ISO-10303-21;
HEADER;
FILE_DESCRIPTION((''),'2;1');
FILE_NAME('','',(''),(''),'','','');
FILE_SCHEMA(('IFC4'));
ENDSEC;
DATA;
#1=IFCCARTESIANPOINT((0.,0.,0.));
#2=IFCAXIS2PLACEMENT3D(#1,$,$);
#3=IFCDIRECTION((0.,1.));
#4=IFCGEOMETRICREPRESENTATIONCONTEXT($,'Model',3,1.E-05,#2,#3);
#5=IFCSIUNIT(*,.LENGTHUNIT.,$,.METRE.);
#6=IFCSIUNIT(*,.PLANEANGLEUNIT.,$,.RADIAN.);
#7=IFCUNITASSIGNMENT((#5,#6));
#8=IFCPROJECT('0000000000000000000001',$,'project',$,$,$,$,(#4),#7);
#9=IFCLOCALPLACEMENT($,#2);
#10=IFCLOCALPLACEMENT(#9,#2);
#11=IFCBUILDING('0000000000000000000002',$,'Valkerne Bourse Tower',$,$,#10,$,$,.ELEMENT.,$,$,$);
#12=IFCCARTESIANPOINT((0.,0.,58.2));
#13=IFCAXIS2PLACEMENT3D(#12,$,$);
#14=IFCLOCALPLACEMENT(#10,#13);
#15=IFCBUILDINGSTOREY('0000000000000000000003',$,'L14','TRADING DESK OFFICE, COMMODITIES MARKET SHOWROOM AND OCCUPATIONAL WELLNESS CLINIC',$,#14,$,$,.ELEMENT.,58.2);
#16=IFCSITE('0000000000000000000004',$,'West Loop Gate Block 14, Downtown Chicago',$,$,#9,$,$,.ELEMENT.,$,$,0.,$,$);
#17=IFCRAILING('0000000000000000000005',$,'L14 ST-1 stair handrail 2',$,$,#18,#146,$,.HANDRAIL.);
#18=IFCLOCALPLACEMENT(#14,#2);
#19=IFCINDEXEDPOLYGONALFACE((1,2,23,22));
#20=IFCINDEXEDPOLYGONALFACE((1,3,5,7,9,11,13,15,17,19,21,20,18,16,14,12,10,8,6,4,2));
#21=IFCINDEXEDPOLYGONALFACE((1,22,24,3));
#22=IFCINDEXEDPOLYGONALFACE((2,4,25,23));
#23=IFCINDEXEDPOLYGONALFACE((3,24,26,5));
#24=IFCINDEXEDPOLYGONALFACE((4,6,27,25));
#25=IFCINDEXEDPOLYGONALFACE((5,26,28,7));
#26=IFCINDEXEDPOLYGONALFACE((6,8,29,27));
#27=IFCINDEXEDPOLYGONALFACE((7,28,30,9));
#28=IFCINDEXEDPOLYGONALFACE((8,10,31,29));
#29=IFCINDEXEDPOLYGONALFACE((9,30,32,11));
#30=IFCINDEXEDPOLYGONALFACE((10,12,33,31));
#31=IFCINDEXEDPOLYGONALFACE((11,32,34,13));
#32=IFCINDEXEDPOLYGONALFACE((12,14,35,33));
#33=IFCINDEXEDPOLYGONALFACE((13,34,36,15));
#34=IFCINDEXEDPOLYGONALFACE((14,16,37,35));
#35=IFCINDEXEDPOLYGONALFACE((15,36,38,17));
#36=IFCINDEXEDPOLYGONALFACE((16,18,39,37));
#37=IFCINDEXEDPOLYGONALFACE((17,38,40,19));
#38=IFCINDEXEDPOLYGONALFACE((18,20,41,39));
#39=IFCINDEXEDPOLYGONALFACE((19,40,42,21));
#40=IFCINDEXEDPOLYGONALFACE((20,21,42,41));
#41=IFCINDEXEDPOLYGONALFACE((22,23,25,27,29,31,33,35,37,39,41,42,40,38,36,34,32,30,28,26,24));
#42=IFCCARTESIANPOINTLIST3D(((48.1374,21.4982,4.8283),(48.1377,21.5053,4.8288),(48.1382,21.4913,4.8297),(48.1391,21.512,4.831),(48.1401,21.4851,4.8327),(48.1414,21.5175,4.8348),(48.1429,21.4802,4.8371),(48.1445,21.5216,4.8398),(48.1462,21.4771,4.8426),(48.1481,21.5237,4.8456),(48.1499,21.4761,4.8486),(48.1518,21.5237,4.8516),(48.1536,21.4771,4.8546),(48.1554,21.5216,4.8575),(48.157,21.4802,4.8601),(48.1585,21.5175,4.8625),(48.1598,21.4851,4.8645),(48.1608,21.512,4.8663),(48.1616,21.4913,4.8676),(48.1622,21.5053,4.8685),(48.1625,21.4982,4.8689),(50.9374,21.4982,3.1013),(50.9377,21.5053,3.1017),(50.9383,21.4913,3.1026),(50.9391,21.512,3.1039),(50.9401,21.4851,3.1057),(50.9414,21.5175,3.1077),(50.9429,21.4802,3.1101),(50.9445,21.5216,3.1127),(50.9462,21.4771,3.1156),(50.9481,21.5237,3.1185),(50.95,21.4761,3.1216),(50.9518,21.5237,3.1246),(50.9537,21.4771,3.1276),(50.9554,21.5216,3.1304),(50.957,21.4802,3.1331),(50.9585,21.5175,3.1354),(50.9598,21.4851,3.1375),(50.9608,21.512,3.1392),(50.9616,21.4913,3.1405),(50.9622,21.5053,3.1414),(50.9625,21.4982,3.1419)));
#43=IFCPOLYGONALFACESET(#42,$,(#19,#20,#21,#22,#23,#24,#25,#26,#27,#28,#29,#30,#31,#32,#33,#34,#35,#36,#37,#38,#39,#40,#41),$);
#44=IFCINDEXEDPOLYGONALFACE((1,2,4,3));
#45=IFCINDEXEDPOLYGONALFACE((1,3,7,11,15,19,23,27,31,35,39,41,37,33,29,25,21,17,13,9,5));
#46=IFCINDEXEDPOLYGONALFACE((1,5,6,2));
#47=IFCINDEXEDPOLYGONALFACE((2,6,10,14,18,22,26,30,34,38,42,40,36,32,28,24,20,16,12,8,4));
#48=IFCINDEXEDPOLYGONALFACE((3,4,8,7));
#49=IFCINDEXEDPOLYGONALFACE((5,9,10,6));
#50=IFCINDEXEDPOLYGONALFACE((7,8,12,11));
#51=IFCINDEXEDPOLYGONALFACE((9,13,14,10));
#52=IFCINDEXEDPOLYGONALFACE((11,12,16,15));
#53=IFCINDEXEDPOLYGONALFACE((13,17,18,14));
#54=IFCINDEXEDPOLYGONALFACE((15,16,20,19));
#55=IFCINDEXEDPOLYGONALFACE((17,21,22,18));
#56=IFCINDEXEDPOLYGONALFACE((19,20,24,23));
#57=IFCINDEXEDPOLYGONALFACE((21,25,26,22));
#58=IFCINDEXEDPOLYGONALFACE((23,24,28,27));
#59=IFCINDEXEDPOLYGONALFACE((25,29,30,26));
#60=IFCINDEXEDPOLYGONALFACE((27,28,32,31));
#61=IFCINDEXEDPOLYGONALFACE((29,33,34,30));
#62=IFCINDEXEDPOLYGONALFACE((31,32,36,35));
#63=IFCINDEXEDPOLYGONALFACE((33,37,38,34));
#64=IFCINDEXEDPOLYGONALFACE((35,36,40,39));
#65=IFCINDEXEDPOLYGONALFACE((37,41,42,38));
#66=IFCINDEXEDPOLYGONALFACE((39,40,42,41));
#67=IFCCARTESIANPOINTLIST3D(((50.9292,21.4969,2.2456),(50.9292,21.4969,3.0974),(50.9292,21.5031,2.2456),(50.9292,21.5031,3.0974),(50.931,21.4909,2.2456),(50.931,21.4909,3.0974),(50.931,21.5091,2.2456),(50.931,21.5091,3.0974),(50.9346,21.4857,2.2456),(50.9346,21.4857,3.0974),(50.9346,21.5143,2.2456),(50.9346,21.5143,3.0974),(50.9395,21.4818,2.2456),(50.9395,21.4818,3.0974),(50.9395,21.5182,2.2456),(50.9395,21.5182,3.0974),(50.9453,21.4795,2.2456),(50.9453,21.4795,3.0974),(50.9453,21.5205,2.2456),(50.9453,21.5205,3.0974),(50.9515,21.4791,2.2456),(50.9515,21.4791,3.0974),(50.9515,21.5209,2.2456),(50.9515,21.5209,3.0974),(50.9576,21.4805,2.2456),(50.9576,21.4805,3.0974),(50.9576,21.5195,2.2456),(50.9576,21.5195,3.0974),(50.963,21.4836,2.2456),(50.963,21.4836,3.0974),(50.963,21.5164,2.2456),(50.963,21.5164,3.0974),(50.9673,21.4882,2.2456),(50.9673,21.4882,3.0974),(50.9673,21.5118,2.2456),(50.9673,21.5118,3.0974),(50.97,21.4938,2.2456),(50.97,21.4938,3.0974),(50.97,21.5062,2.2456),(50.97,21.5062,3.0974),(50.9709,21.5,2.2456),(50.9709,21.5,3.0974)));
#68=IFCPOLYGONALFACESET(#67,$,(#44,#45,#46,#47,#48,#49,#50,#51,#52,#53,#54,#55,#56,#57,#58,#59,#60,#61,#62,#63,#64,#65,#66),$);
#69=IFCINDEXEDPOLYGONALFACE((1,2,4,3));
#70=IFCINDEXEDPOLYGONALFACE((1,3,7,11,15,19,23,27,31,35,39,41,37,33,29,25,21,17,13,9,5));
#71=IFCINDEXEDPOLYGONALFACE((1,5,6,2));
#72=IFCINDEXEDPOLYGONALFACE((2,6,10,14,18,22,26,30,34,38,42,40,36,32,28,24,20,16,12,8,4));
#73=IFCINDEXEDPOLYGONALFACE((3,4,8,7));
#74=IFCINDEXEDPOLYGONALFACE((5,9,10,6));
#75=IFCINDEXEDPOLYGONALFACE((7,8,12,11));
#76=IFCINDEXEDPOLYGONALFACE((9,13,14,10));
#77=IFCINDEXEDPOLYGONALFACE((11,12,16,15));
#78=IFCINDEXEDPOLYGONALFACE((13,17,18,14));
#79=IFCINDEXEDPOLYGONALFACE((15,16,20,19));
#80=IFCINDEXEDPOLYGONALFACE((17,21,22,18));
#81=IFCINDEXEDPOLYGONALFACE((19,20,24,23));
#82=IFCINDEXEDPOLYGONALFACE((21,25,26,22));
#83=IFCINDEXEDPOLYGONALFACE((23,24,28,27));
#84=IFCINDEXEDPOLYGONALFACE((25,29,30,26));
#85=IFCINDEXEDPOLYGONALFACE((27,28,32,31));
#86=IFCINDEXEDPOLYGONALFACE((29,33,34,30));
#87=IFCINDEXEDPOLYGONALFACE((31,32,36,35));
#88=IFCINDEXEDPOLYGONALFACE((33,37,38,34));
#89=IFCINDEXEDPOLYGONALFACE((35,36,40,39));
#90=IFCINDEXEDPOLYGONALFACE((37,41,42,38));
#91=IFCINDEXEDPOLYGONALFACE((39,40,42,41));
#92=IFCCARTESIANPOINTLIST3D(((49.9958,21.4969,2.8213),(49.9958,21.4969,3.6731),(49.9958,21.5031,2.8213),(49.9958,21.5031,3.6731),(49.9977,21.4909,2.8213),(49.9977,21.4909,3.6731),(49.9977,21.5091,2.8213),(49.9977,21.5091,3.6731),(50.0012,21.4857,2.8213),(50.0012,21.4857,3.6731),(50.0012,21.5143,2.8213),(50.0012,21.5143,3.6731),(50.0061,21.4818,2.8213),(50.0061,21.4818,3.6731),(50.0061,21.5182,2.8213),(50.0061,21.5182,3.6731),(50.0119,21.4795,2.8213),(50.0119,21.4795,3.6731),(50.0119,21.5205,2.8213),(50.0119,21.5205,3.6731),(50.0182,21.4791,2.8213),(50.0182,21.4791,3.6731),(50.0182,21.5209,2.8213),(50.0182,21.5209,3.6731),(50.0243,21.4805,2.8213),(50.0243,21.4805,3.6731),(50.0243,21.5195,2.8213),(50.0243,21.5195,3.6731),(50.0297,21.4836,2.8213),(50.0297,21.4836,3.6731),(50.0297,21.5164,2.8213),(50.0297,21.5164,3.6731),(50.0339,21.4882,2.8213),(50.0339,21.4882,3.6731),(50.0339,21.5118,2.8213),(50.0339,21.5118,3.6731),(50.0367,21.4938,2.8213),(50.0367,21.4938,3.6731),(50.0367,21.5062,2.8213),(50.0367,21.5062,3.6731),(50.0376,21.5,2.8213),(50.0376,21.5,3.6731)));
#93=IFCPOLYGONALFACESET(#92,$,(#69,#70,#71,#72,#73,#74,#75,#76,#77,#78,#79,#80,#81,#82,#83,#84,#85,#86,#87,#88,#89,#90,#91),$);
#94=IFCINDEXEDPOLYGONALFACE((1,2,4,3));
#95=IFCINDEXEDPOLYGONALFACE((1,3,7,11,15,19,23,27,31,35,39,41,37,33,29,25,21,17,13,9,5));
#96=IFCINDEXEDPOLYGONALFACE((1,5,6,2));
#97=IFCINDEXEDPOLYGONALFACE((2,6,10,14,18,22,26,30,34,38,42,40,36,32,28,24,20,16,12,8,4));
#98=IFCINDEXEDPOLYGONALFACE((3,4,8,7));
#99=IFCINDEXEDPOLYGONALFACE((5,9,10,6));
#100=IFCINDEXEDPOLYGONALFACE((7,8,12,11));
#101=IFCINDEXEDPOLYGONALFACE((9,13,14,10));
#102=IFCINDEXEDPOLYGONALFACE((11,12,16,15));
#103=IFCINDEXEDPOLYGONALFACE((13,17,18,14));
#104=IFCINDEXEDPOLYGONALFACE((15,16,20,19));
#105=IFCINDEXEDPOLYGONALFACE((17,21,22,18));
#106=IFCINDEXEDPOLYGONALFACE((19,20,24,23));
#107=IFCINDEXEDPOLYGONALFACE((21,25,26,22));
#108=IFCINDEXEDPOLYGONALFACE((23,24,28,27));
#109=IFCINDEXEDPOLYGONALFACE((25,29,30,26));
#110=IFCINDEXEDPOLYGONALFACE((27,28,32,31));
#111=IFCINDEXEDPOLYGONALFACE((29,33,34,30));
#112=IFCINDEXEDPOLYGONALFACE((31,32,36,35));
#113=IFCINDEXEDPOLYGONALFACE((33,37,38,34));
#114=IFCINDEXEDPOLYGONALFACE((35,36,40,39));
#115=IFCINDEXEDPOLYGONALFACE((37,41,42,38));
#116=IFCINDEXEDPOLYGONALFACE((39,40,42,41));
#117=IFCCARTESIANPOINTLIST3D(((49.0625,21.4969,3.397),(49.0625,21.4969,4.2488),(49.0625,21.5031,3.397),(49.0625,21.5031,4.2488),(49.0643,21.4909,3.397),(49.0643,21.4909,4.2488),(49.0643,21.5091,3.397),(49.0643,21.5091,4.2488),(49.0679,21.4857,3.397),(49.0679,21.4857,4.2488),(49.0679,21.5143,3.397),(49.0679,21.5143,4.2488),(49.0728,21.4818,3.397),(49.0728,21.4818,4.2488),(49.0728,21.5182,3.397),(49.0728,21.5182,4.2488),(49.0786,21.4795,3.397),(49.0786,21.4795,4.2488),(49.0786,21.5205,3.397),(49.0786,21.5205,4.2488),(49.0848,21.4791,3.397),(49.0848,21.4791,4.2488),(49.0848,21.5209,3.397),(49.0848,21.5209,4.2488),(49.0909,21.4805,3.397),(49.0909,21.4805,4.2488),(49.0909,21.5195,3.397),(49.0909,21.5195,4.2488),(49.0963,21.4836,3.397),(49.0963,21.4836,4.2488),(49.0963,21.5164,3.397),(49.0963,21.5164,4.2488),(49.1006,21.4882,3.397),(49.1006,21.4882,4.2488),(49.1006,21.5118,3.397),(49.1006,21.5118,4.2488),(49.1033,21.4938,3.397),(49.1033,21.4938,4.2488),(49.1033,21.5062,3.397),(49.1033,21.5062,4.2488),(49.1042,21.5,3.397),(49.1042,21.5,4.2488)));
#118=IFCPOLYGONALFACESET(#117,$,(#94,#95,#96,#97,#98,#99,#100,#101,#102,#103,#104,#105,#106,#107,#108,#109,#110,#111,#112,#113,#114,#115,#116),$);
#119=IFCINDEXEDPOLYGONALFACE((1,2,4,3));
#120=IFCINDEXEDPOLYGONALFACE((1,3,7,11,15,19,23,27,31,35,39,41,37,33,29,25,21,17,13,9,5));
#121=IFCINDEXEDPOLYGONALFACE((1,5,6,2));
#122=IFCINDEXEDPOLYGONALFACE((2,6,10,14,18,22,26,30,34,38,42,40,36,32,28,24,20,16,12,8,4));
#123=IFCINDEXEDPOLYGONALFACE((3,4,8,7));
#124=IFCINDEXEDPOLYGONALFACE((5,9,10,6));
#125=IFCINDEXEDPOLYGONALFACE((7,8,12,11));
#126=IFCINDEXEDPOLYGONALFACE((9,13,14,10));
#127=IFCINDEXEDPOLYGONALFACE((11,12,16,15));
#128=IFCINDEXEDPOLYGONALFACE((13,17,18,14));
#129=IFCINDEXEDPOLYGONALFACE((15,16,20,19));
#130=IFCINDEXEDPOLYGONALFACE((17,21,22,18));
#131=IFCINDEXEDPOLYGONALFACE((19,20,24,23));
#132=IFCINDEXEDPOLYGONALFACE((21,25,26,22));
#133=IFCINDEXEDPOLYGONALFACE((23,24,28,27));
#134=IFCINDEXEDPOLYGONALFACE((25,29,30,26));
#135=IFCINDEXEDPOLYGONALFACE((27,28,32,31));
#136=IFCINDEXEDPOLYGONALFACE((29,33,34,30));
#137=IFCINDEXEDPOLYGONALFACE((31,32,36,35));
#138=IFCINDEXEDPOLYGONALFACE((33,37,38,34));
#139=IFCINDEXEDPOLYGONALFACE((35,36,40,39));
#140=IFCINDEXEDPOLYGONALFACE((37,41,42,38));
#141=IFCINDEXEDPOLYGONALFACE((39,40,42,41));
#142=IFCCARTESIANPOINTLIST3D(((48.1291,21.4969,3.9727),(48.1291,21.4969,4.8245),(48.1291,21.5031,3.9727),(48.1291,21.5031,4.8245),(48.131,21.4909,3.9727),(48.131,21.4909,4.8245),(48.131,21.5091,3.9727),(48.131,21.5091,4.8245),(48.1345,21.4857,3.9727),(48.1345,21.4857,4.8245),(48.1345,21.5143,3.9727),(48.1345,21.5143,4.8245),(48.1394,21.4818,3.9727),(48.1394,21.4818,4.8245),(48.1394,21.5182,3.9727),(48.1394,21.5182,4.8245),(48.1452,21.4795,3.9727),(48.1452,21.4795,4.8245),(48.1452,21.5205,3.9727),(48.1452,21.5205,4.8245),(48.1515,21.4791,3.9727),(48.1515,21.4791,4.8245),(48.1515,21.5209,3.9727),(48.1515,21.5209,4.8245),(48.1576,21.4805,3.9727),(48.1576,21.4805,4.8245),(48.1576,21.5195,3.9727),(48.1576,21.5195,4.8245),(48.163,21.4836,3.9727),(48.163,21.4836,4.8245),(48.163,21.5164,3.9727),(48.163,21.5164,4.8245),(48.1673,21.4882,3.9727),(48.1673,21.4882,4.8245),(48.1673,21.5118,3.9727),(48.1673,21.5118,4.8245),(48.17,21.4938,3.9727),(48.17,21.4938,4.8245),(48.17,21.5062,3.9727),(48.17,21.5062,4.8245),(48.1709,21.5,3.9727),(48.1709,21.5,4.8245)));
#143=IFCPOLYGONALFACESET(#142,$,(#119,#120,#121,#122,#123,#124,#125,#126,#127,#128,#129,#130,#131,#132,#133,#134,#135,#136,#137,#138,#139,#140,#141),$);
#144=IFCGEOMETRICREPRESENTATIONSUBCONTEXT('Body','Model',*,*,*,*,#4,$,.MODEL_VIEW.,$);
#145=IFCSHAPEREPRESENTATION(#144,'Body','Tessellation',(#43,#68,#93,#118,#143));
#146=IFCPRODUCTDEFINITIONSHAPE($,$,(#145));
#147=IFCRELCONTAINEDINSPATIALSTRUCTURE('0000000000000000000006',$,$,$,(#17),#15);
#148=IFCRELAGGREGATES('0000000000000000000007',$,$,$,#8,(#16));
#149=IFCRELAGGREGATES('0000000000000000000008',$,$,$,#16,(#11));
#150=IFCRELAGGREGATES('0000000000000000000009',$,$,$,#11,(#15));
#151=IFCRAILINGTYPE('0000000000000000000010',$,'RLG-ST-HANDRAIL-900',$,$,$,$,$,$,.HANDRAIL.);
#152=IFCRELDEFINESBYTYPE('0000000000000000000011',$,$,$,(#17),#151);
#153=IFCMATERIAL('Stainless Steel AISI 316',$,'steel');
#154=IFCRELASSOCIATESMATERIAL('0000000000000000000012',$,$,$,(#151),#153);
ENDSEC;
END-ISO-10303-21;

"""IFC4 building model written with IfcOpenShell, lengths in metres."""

from ifc_helpers import new_model, si_unit, direction, frame, origin, origin_2d, place, context, subcontext, project, spatial, circle, extrude, material, type_object, element, save


model = new_model("IFC4")

# Units and contexts
model_context = context("Model", 3, precision=1e-05, world=origin(), true_north=direction((0.0, 1.0)))
body_context = subcontext(model_context, "Body", "Model", "MODEL_VIEW")
ifc_project = project(units=[si_unit("LENGTHUNIT", "METRE"), si_unit("PLANEANGLEUNIT", "RADIAN")], contexts=[model_context])

# Site, building, storey
site_placement = place(None, origin())
site = spatial("IfcSite", under=ifc_project, at=site_placement, Name="West Loop Gate Block 14, Downtown Chicago", CompositionType="ELEMENT", RefElevation=0.0)
building_placement = place(site_placement, origin())
building = spatial("IfcBuilding", under=site, at=building_placement, Name="Valkerne Bourse Tower", CompositionType="ELEMENT")
storey_placement = place(building_placement, frame((0.0, 0.0, 58.2)))
storey = spatial("IfcBuildingStorey", under=building, at=storey_placement, Name="L14", Description="TRADING DESK OFFICE, COMMODITIES MARKET SHOWROOM AND OCCUPATIONAL WELLNESS CLINIC", CompositionType="ELEMENT", Elevation=58.2)

# Shared definitions
ifc_material_1 = material(Name="Stainless Steel AISI 316", Category="steel")

# Railing
railing_type_1 = type_object("IfcRailingType", Name="RLG-ST-HANDRAIL-900", PredefinedType="HANDRAIL", material=ifc_material_1)
railing_1_placement = place(storey_placement, frame((50.95, 21.5, 2.2456)))
element("IfcRailing", 1, at=railing_1_placement, inside=storey, type_object=railing_type_1, Name="L14 ST-1 stair handrail 2", PredefinedType="HANDRAIL", context=body_context, shape_type="SweptSolid", body=[
    extrude(circle(Radius=0.0239, at=origin_2d()), frame((0.0, 0.0, 0.876), z_axis=(-0.851123, 0.0, 0.524967), x_axis=(0.0, -1.0, 0.0)), (0.0, 0.0, 1.0), 3.2898),
    extrude(circle(Radius=0.021, at=origin_2d()), origin(), (0.0, 0.0, 1.0), 0.8518),
    extrude(circle(Radius=0.021, at=origin_2d()), frame((-0.9333, 0.0, 0.5757)), (0.0, 0.0, 1.0), 0.8518),
    extrude(circle(Radius=0.021, at=origin_2d()), frame((-1.8667, 0.0, 1.1514)), (0.0, 0.0, 1.0), 0.8518),
    extrude(circle(Radius=0.021, at=origin_2d()), frame((-2.8, 0.0, 1.7271)), (0.0, 0.0, 1.0), 0.8518),
])

save(model, "model.ifc")
